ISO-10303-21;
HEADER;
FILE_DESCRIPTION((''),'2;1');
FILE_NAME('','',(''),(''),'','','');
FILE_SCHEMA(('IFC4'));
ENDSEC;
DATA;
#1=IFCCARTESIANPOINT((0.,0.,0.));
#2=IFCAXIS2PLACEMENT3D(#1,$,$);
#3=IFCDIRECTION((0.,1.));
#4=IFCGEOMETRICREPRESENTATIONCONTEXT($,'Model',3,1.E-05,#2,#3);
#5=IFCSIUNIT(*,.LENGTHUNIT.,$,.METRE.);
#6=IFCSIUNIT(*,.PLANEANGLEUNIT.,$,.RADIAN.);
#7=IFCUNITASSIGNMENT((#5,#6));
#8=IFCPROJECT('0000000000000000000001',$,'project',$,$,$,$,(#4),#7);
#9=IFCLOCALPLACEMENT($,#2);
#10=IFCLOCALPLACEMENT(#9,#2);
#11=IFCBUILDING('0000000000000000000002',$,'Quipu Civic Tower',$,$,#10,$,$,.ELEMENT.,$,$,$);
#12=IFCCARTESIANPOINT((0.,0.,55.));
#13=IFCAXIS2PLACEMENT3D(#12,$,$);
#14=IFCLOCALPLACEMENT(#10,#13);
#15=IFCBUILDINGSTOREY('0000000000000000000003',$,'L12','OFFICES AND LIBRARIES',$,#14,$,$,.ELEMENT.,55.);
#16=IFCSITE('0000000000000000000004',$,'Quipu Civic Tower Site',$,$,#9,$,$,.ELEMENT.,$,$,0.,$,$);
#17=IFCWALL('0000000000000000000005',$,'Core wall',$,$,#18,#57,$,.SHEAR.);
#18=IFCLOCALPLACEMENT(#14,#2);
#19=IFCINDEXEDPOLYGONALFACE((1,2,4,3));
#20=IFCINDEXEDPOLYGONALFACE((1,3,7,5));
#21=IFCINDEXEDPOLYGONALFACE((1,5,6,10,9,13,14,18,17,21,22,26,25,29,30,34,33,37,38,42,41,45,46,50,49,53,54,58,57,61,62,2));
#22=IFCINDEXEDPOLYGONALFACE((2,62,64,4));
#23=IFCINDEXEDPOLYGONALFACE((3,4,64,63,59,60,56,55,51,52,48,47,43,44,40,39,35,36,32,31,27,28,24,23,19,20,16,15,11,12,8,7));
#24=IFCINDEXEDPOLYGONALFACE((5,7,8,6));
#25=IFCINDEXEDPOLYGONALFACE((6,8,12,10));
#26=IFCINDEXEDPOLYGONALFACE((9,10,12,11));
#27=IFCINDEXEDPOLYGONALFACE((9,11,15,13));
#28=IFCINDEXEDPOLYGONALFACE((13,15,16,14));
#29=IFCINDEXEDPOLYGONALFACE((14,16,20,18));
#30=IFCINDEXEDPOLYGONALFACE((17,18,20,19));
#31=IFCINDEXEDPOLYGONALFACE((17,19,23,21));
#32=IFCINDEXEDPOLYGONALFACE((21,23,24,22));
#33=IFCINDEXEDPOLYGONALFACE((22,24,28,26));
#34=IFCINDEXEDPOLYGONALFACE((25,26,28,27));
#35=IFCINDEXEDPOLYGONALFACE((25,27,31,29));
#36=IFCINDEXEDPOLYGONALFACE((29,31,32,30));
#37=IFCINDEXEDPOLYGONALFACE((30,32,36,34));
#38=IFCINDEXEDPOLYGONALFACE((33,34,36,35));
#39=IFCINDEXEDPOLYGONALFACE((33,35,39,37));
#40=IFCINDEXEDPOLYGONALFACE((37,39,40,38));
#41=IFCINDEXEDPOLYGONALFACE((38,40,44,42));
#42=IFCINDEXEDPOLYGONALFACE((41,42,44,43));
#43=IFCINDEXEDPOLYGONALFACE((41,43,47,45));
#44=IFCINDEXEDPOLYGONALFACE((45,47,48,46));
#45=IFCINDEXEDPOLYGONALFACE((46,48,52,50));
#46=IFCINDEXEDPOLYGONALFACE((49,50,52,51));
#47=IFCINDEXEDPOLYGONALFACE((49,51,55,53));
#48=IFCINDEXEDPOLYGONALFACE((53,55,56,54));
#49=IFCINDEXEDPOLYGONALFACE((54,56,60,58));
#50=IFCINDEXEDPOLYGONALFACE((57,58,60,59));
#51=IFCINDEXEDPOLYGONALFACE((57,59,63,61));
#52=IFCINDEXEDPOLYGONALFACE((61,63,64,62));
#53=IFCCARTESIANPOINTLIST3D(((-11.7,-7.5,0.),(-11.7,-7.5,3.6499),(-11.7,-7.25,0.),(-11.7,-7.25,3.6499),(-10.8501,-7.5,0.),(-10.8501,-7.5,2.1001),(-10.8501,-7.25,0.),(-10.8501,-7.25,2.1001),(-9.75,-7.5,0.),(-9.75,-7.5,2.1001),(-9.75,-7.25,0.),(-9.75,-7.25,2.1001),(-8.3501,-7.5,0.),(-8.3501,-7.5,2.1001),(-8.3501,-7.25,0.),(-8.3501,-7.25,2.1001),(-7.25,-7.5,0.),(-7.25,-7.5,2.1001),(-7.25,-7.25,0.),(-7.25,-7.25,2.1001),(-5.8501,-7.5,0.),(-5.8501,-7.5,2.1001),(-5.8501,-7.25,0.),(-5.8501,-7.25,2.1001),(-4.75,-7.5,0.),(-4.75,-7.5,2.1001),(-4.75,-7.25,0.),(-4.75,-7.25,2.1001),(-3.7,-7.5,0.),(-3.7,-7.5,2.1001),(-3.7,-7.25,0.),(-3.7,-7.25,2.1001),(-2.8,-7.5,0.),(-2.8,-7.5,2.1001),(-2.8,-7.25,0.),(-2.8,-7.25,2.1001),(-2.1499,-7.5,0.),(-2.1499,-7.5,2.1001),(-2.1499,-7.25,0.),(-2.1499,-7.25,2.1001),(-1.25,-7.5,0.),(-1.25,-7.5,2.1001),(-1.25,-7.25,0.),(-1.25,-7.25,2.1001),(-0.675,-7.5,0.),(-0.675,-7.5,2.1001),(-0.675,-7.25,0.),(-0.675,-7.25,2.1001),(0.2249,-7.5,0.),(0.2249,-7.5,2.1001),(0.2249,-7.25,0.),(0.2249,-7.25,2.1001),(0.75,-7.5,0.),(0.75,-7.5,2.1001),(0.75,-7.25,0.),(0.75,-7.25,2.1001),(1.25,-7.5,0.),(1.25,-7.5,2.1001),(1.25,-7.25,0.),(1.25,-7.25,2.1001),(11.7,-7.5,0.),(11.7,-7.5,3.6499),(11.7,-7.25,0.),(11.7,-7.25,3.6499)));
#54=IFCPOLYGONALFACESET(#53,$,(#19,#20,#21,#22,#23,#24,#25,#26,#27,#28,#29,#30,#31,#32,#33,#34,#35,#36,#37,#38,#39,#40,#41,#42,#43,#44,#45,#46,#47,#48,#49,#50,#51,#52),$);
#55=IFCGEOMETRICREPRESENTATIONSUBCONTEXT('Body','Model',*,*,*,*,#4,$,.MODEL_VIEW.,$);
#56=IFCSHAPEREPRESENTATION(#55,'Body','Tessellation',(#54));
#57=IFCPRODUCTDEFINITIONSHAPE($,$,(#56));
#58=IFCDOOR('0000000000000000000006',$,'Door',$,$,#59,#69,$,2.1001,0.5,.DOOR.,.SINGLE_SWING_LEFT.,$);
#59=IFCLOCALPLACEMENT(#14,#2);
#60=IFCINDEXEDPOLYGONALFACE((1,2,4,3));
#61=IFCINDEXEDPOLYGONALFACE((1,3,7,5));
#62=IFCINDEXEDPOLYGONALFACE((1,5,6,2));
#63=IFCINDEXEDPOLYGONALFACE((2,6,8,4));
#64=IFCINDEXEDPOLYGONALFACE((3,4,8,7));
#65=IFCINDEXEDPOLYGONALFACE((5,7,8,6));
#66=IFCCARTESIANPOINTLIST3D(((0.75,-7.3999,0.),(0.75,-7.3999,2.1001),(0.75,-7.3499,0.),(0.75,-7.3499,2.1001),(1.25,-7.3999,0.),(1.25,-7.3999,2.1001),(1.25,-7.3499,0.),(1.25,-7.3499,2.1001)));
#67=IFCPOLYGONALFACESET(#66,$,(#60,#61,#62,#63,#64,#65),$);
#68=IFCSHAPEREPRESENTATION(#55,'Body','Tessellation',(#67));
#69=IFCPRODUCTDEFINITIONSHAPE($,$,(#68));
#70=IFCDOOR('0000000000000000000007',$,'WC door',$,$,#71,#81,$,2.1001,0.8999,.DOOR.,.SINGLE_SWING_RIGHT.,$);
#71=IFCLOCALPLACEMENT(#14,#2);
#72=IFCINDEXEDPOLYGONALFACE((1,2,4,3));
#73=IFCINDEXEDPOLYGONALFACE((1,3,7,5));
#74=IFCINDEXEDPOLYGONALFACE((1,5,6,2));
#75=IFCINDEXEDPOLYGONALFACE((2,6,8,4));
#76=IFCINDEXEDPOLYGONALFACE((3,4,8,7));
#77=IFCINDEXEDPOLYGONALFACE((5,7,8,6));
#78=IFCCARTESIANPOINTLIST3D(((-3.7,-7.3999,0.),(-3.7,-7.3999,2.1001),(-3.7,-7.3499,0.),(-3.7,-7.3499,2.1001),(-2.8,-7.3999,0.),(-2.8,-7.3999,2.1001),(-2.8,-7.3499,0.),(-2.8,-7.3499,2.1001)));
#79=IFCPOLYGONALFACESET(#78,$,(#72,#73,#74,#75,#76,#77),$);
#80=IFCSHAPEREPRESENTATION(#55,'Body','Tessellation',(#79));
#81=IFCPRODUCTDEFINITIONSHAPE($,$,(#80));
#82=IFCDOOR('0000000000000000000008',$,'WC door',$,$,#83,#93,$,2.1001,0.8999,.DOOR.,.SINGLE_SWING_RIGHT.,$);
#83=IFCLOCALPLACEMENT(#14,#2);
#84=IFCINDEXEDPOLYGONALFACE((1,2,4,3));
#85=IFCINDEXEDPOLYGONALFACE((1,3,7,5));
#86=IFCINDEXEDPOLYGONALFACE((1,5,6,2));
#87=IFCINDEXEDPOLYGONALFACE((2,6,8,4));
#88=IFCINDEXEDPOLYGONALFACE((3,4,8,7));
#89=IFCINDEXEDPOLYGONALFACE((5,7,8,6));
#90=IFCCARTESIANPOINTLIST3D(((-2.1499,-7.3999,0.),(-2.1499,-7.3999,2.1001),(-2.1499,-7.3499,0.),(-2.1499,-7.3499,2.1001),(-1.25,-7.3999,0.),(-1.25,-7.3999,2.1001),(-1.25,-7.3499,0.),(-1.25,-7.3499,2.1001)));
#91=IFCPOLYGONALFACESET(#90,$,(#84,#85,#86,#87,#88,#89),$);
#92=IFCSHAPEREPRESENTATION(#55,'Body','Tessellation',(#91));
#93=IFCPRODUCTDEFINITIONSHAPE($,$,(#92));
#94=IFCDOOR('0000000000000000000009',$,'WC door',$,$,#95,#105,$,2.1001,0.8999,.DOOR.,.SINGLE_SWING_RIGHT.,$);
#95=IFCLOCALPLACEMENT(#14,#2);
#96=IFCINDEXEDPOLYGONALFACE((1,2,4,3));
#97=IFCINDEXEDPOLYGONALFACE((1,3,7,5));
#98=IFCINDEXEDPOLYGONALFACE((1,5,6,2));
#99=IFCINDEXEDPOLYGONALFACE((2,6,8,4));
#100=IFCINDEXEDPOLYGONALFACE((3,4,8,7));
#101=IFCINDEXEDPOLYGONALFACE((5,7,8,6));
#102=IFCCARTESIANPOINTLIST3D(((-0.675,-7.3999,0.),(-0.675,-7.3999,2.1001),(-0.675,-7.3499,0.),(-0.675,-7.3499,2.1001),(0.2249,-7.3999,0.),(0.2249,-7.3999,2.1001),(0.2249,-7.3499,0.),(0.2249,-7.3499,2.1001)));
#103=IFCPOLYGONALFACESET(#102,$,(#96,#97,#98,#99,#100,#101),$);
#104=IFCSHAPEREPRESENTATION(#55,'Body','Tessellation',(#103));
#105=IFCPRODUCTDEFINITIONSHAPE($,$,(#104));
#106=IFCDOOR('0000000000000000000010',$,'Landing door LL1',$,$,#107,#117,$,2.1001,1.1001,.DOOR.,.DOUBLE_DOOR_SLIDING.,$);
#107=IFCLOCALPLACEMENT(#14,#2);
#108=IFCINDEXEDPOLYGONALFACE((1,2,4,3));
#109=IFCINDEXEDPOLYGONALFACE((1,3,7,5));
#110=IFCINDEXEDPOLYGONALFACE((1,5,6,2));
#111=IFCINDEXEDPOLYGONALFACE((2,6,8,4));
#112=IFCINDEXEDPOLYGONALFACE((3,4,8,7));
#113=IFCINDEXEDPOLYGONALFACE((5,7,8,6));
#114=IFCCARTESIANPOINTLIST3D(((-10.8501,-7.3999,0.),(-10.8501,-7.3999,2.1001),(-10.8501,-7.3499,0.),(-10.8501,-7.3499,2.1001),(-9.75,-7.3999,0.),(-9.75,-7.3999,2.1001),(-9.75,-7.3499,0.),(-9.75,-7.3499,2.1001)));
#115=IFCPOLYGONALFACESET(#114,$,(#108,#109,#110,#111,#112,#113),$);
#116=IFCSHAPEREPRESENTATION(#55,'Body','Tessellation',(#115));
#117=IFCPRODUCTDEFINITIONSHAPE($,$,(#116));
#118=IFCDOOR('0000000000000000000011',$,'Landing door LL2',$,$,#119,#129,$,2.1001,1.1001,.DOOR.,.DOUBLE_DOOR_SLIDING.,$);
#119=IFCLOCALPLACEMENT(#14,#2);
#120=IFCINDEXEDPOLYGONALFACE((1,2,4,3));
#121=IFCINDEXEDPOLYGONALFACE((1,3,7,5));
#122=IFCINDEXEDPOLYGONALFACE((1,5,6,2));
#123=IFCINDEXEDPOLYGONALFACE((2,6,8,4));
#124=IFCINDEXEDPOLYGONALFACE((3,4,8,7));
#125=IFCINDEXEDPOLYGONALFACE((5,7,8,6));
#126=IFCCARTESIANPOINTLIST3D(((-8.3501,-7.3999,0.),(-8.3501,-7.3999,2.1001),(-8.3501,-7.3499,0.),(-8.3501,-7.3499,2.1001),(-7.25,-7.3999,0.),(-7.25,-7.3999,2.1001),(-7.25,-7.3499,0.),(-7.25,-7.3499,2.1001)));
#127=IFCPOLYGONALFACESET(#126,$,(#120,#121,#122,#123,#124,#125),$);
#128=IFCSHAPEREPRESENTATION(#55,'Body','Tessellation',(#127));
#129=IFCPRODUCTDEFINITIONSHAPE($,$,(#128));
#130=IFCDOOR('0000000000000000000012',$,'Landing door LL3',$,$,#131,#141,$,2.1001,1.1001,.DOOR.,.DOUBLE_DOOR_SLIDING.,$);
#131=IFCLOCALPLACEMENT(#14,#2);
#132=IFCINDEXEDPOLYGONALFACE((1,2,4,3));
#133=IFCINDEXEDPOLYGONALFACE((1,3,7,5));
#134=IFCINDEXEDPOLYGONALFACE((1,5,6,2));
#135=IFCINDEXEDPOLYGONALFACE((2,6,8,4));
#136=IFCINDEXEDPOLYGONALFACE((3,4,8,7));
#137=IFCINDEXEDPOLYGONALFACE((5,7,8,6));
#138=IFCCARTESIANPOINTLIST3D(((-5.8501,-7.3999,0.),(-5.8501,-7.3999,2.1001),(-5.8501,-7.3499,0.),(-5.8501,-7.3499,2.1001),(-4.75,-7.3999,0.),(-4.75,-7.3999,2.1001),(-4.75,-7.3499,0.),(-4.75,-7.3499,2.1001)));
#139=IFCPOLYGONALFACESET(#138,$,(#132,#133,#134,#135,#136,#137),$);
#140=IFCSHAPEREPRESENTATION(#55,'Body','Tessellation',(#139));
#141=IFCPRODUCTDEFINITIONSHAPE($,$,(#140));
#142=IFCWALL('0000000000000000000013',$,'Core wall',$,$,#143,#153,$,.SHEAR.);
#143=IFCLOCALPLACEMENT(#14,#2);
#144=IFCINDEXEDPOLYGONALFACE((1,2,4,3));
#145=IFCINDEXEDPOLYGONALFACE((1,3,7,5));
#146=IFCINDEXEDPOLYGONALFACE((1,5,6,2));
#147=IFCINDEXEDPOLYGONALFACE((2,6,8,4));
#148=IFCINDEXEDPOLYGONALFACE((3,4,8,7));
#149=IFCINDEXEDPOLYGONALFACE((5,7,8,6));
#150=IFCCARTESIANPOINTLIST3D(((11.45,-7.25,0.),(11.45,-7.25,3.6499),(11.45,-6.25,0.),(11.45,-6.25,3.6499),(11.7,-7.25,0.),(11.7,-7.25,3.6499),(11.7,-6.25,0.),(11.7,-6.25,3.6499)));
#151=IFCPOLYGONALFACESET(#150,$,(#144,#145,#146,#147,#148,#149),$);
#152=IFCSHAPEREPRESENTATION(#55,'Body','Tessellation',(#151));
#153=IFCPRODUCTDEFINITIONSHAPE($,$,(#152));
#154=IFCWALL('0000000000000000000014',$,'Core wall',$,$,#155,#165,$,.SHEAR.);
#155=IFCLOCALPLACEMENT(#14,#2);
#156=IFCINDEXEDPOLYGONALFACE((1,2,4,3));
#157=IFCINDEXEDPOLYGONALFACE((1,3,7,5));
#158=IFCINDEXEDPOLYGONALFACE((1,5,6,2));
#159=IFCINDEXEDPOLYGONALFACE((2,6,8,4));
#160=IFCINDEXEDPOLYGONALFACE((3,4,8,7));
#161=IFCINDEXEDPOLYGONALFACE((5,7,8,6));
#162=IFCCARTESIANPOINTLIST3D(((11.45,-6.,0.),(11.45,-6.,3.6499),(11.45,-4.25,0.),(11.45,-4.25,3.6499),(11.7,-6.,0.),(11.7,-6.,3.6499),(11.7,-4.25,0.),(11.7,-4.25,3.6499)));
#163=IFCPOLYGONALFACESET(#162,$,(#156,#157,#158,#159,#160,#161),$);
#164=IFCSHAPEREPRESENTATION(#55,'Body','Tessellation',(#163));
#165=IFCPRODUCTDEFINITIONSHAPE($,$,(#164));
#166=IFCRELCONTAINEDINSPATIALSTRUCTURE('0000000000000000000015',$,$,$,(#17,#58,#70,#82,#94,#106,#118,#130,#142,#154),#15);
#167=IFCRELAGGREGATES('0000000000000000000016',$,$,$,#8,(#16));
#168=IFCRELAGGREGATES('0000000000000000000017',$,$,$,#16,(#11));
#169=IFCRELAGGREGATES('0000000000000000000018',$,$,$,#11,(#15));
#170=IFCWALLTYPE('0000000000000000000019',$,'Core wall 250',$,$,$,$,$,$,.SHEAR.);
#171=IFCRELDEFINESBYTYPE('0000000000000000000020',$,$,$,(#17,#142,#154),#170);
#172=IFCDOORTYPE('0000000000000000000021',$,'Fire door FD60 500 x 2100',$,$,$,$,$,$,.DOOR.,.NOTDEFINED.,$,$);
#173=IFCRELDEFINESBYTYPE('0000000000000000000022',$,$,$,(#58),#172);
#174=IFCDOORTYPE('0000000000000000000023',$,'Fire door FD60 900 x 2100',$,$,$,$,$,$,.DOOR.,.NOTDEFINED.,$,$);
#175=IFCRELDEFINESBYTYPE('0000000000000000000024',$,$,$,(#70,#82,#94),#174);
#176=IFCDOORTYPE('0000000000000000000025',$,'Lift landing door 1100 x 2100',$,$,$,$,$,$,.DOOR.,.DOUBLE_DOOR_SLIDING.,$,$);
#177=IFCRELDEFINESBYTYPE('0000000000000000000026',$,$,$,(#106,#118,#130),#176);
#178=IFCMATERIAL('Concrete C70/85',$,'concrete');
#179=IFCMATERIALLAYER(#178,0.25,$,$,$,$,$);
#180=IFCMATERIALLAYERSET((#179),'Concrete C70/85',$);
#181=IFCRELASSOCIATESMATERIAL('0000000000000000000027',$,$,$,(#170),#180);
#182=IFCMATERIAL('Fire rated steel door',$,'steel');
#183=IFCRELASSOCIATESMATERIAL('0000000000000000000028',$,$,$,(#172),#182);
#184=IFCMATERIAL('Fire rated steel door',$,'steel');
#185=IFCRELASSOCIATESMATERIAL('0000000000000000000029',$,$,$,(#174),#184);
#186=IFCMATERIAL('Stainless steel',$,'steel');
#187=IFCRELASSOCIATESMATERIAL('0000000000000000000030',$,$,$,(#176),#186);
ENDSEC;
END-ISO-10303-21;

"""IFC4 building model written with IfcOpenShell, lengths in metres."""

from ifc_helpers import new_model, si_unit, direction, frame, frame_2d, origin, place, context, subcontext, project, spatial, rectangle, extrude, material, layer, layer_set, type_object, element, fill, save


model = new_model("IFC4")

# Units and contexts
model_context = context("Model", 3, precision=1e-05, world=origin(), true_north=direction((0.0, 1.0)))
body_context = subcontext(model_context, "Body", "Model", "MODEL_VIEW")
ifc_project = project(units=[si_unit("LENGTHUNIT", "METRE"), si_unit("PLANEANGLEUNIT", "RADIAN")], contexts=[model_context])

# Site, building, storey
site_placement = place(None, origin())
site = spatial("IfcSite", under=ifc_project, at=site_placement, Name="Quipu Civic Tower Site", CompositionType="ELEMENT", RefElevation=0.0)
building_placement = place(site_placement, origin())
building = spatial("IfcBuilding", under=site, at=building_placement, Name="Quipu Civic Tower", CompositionType="ELEMENT")
storey_placement = place(building_placement, frame((0.0, 0.0, 55.0)))
storey = spatial("IfcBuildingStorey", under=building, at=storey_placement, Name="L12", Description="OFFICES AND LIBRARIES", CompositionType="ELEMENT", Elevation=55.0)

# Shared definitions
ifc_material_1 = material(Name="Concrete C70/85", Category="concrete")
ifc_layer_1 = layer(ifc_material_1, 0.25)
ifc_layer_set_1 = layer_set([ifc_layer_1], Name="Concrete C70/85")
wall_type_1 = type_object("IfcWallType", Name="Core wall 250", PredefinedType="SHEAR", material=ifc_layer_set_1)

# Wall, openings, doors
wall_1_placement = place(storey_placement, frame((11.7, -7.375, 0.0), z_axis=(0.0, 0.0, 1.0), x_axis=(-1.0, 0.0, 0.0)))
wall_1 = element("IfcWall", 1, at=wall_1_placement, inside=storey, type_object=wall_type_1, Name="Core wall", PredefinedType="SHEAR", context=body_context, shape_type="SweptSolid", body=[
    extrude(rectangle(XDim=23.3999, YDim=0.25, at=frame_2d((11.7, 0.0))), origin(), (0.0, 0.0, 1.0), 3.6499),
])
opening_1_placement = place(wall_1_placement, frame((21.45, 0.0, 0.0)))
opening_1 = element("IfcOpeningElement", 2, at=opening_1_placement, cuts=wall_1, PredefinedType="OPENING", context=body_context, shape_type="SweptSolid", body=[
    extrude(rectangle(XDim=1.1001, YDim=2.1001, at=frame_2d((0.55, 1.05))), frame((0.0, 0.135, 0.0), z_axis=(0.0, -1.0, 0.0), x_axis=(1.0, 0.0, 0.0)), (0.0, 0.0, 1.0), 0.27),
])
opening_2_placement = place(wall_1_placement, frame((18.95, 0.0, 0.0)))
opening_2 = element("IfcOpeningElement", 3, at=opening_2_placement, cuts=wall_1, PredefinedType="OPENING", context=body_context, shape_type="SweptSolid", body=[
    extrude(rectangle(XDim=1.1001, YDim=2.1001, at=frame_2d((0.55, 1.05))), frame((0.0, 0.135, 0.0), z_axis=(0.0, -1.0, 0.0), x_axis=(1.0, 0.0, 0.0)), (0.0, 0.0, 1.0), 0.27),
])
opening_3_placement = place(wall_1_placement, frame((16.45, 0.0, 0.0)))
opening_3 = element("IfcOpeningElement", 4, at=opening_3_placement, cuts=wall_1, PredefinedType="OPENING", context=body_context, shape_type="SweptSolid", body=[
    extrude(rectangle(XDim=1.1001, YDim=2.1001, at=frame_2d((0.55, 1.05))), frame((0.0, 0.135, 0.0), z_axis=(0.0, -1.0, 0.0), x_axis=(1.0, 0.0, 0.0)), (0.0, 0.0, 1.0), 0.27),
])
opening_4_placement = place(wall_1_placement, frame((14.5, 0.0, 0.0)))
opening_4 = element("IfcOpeningElement", 5, at=opening_4_placement, cuts=wall_1, PredefinedType="OPENING", context=body_context, shape_type="SweptSolid", body=[
    extrude(rectangle(XDim=0.8999, YDim=2.1001, at=frame_2d((0.45, 1.05))), frame((0.0, 0.135, 0.0), z_axis=(0.0, -1.0, 0.0), x_axis=(1.0, 0.0, 0.0)), (0.0, 0.0, 1.0), 0.27),
])
opening_5_placement = place(wall_1_placement, frame((12.95, 0.0, 0.0)))
opening_5 = element("IfcOpeningElement", 6, at=opening_5_placement, cuts=wall_1, PredefinedType="OPENING", context=body_context, shape_type="SweptSolid", body=[
    extrude(rectangle(XDim=0.8999, YDim=2.1001, at=frame_2d((0.45, 1.05))), frame((0.0, 0.135, 0.0), z_axis=(0.0, -1.0, 0.0), x_axis=(1.0, 0.0, 0.0)), (0.0, 0.0, 1.0), 0.27),
])
opening_6_placement = place(wall_1_placement, frame((11.4751, 0.0, 0.0)))
opening_6 = element("IfcOpeningElement", 7, at=opening_6_placement, cuts=wall_1, PredefinedType="OPENING", context=body_context, shape_type="SweptSolid", body=[
    extrude(rectangle(XDim=0.8999, YDim=2.1001, at=frame_2d((0.45, 1.05))), frame((0.0, 0.135, 0.0), z_axis=(0.0, -1.0, 0.0), x_axis=(1.0, 0.0, 0.0)), (0.0, 0.0, 1.0), 0.27),
])
opening_7_placement = place(wall_1_placement, frame((10.45, 0.0, 0.0)))
opening_7 = element("IfcOpeningElement", 8, at=opening_7_placement, cuts=wall_1, PredefinedType="OPENING", context=body_context, shape_type="SweptSolid", body=[
    extrude(rectangle(XDim=0.5, YDim=2.1001, at=frame_2d((0.25, 1.05))), frame((0.0, 0.135, 0.0), z_axis=(0.0, -1.0, 0.0), x_axis=(1.0, 0.0, 0.0)), (0.0, 0.0, 1.0), 0.27),
])
ifc_material_2 = material(Name="Fire rated steel door", Category="steel")
door_type_1 = type_object("IfcDoorType", Name="Fire door FD60 500 x 2100", OperationType="NOTDEFINED", PredefinedType="DOOR", material=ifc_material_2)
door_1_placement = place(opening_7_placement, origin())
door_1 = element("IfcDoor", 9, at=door_1_placement, inside=storey, type_object=door_type_1, Name="Door", OperationType="SINGLE_SWING_LEFT", OverallHeight=2.1001, OverallWidth=0.5, PredefinedType="DOOR", context=body_context, shape_type="SweptSolid", body=[
    extrude(rectangle(XDim=0.5, YDim=2.1001, at=frame_2d((0.25, 1.05))), frame((0.0, 0.0249, 0.0), z_axis=(0.0, -1.0, 0.0), x_axis=(1.0, 0.0, 0.0)), (0.0, 0.0, 1.0), 0.05),
])
fill(opening_7, door_1)
ifc_material_3 = material(Name="Fire rated steel door", Category="steel")
door_type_2 = type_object("IfcDoorType", Name="Fire door FD60 900 x 2100", OperationType="NOTDEFINED", PredefinedType="DOOR", material=ifc_material_3)
door_2_placement = place(opening_4_placement, origin())
door_2 = element("IfcDoor", 10, at=door_2_placement, inside=storey, type_object=door_type_2, Name="WC door", OperationType="SINGLE_SWING_RIGHT", OverallHeight=2.1001, OverallWidth=0.8999, PredefinedType="DOOR", context=body_context, shape_type="SweptSolid", body=[
    extrude(rectangle(XDim=0.8999, YDim=2.1001, at=frame_2d((0.45, 1.05))), frame((0.0, 0.0249, 0.0), z_axis=(0.0, -1.0, 0.0), x_axis=(1.0, 0.0, 0.0)), (0.0, 0.0, 1.0), 0.05),
])
fill(opening_4, door_2)
door_3_placement = place(opening_5_placement, origin())
door_3 = element("IfcDoor", 11, at=door_3_placement, inside=storey, type_object=door_type_2, Name="WC door", OperationType="SINGLE_SWING_RIGHT", OverallHeight=2.1001, OverallWidth=0.8999, PredefinedType="DOOR", context=body_context, shape_type="SweptSolid", body=[
    extrude(rectangle(XDim=0.8999, YDim=2.1001, at=frame_2d((0.45, 1.05))), frame((0.0, 0.0249, 0.0), z_axis=(0.0, -1.0, 0.0), x_axis=(1.0, 0.0, 0.0)), (0.0, 0.0, 1.0), 0.05),
])
fill(opening_5, door_3)
door_4_placement = place(opening_6_placement, origin())
door_4 = element("IfcDoor", 12, at=door_4_placement, inside=storey, type_object=door_type_2, Name="WC door", OperationType="SINGLE_SWING_RIGHT", OverallHeight=2.1001, OverallWidth=0.8999, PredefinedType="DOOR", context=body_context, shape_type="SweptSolid", body=[
    extrude(rectangle(XDim=0.8999, YDim=2.1001, at=frame_2d((0.45, 1.05))), frame((0.0, 0.0249, 0.0), z_axis=(0.0, -1.0, 0.0), x_axis=(1.0, 0.0, 0.0)), (0.0, 0.0, 1.0), 0.05),
])
fill(opening_6, door_4)
ifc_material_4 = material(Name="Stainless steel", Category="steel")
door_type_3 = type_object("IfcDoorType", Name="Lift landing door 1100 x 2100", OperationType="DOUBLE_DOOR_SLIDING", PredefinedType="DOOR", material=ifc_material_4)
door_5_placement = place(opening_1_placement, origin())
door_5 = element("IfcDoor", 13, at=door_5_placement, inside=storey, type_object=door_type_3, Name="Landing door LL1", OperationType="DOUBLE_DOOR_SLIDING", OverallHeight=2.1001, OverallWidth=1.1001, PredefinedType="DOOR", context=body_context, shape_type="SweptSolid", body=[
    extrude(rectangle(XDim=1.1001, YDim=2.1001, at=frame_2d((0.55, 1.05))), frame((0.0, 0.0249, 0.0), z_axis=(0.0, -1.0, 0.0), x_axis=(1.0, 0.0, 0.0)), (0.0, 0.0, 1.0), 0.05),
])
fill(opening_1, door_5)
door_6_placement = place(opening_2_placement, origin())
door_6 = element("IfcDoor", 14, at=door_6_placement, inside=storey, type_object=door_type_3, Name="Landing door LL2", OperationType="DOUBLE_DOOR_SLIDING", OverallHeight=2.1001, OverallWidth=1.1001, PredefinedType="DOOR", context=body_context, shape_type="SweptSolid", body=[
    extrude(rectangle(XDim=1.1001, YDim=2.1001, at=frame_2d((0.55, 1.05))), frame((0.0, 0.0249, 0.0), z_axis=(0.0, -1.0, 0.0), x_axis=(1.0, 0.0, 0.0)), (0.0, 0.0, 1.0), 0.05),
])
fill(opening_2, door_6)
door_7_placement = place(opening_3_placement, origin())
door_7 = element("IfcDoor", 15, at=door_7_placement, inside=storey, type_object=door_type_3, Name="Landing door LL3", OperationType="DOUBLE_DOOR_SLIDING", OverallHeight=2.1001, OverallWidth=1.1001, PredefinedType="DOOR", context=body_context, shape_type="SweptSolid", body=[
    extrude(rectangle(XDim=1.1001, YDim=2.1001, at=frame_2d((0.55, 1.05))), frame((0.0, 0.0249, 0.0), z_axis=(0.0, -1.0, 0.0), x_axis=(1.0, 0.0, 0.0)), (0.0, 0.0, 1.0), 0.05),
])
fill(opening_3, door_7)

# Walls
wall_2_placement = place(storey_placement, frame((11.575, -7.25, 0.0), z_axis=(0.0, 0.0, 1.0), x_axis=(0.0, 1.0, 0.0)))
element("IfcWall", 16, at=wall_2_placement, inside=storey, type_object=wall_type_1, Name="Core wall", PredefinedType="SHEAR", context=body_context, shape_type="SweptSolid", body=[
    extrude(rectangle(XDim=1.0, YDim=0.25, at=frame_2d((0.5, 0.0))), origin(), (0.0, 0.0, 1.0), 3.6499),
])
wall_3_placement = place(storey_placement, frame((11.575, -6.0, 0.0), z_axis=(0.0, 0.0, 1.0), x_axis=(0.0, 1.0, 0.0)))
element("IfcWall", 17, at=wall_3_placement, inside=storey, type_object=wall_type_1, Name="Core wall", PredefinedType="SHEAR", context=body_context, shape_type="SweptSolid", body=[
    extrude(rectangle(XDim=1.75, YDim=0.25, at=frame_2d((0.875, 0.0))), origin(), (0.0, 0.0, 1.0), 3.6499),
])

save(model, "model.ifc")
